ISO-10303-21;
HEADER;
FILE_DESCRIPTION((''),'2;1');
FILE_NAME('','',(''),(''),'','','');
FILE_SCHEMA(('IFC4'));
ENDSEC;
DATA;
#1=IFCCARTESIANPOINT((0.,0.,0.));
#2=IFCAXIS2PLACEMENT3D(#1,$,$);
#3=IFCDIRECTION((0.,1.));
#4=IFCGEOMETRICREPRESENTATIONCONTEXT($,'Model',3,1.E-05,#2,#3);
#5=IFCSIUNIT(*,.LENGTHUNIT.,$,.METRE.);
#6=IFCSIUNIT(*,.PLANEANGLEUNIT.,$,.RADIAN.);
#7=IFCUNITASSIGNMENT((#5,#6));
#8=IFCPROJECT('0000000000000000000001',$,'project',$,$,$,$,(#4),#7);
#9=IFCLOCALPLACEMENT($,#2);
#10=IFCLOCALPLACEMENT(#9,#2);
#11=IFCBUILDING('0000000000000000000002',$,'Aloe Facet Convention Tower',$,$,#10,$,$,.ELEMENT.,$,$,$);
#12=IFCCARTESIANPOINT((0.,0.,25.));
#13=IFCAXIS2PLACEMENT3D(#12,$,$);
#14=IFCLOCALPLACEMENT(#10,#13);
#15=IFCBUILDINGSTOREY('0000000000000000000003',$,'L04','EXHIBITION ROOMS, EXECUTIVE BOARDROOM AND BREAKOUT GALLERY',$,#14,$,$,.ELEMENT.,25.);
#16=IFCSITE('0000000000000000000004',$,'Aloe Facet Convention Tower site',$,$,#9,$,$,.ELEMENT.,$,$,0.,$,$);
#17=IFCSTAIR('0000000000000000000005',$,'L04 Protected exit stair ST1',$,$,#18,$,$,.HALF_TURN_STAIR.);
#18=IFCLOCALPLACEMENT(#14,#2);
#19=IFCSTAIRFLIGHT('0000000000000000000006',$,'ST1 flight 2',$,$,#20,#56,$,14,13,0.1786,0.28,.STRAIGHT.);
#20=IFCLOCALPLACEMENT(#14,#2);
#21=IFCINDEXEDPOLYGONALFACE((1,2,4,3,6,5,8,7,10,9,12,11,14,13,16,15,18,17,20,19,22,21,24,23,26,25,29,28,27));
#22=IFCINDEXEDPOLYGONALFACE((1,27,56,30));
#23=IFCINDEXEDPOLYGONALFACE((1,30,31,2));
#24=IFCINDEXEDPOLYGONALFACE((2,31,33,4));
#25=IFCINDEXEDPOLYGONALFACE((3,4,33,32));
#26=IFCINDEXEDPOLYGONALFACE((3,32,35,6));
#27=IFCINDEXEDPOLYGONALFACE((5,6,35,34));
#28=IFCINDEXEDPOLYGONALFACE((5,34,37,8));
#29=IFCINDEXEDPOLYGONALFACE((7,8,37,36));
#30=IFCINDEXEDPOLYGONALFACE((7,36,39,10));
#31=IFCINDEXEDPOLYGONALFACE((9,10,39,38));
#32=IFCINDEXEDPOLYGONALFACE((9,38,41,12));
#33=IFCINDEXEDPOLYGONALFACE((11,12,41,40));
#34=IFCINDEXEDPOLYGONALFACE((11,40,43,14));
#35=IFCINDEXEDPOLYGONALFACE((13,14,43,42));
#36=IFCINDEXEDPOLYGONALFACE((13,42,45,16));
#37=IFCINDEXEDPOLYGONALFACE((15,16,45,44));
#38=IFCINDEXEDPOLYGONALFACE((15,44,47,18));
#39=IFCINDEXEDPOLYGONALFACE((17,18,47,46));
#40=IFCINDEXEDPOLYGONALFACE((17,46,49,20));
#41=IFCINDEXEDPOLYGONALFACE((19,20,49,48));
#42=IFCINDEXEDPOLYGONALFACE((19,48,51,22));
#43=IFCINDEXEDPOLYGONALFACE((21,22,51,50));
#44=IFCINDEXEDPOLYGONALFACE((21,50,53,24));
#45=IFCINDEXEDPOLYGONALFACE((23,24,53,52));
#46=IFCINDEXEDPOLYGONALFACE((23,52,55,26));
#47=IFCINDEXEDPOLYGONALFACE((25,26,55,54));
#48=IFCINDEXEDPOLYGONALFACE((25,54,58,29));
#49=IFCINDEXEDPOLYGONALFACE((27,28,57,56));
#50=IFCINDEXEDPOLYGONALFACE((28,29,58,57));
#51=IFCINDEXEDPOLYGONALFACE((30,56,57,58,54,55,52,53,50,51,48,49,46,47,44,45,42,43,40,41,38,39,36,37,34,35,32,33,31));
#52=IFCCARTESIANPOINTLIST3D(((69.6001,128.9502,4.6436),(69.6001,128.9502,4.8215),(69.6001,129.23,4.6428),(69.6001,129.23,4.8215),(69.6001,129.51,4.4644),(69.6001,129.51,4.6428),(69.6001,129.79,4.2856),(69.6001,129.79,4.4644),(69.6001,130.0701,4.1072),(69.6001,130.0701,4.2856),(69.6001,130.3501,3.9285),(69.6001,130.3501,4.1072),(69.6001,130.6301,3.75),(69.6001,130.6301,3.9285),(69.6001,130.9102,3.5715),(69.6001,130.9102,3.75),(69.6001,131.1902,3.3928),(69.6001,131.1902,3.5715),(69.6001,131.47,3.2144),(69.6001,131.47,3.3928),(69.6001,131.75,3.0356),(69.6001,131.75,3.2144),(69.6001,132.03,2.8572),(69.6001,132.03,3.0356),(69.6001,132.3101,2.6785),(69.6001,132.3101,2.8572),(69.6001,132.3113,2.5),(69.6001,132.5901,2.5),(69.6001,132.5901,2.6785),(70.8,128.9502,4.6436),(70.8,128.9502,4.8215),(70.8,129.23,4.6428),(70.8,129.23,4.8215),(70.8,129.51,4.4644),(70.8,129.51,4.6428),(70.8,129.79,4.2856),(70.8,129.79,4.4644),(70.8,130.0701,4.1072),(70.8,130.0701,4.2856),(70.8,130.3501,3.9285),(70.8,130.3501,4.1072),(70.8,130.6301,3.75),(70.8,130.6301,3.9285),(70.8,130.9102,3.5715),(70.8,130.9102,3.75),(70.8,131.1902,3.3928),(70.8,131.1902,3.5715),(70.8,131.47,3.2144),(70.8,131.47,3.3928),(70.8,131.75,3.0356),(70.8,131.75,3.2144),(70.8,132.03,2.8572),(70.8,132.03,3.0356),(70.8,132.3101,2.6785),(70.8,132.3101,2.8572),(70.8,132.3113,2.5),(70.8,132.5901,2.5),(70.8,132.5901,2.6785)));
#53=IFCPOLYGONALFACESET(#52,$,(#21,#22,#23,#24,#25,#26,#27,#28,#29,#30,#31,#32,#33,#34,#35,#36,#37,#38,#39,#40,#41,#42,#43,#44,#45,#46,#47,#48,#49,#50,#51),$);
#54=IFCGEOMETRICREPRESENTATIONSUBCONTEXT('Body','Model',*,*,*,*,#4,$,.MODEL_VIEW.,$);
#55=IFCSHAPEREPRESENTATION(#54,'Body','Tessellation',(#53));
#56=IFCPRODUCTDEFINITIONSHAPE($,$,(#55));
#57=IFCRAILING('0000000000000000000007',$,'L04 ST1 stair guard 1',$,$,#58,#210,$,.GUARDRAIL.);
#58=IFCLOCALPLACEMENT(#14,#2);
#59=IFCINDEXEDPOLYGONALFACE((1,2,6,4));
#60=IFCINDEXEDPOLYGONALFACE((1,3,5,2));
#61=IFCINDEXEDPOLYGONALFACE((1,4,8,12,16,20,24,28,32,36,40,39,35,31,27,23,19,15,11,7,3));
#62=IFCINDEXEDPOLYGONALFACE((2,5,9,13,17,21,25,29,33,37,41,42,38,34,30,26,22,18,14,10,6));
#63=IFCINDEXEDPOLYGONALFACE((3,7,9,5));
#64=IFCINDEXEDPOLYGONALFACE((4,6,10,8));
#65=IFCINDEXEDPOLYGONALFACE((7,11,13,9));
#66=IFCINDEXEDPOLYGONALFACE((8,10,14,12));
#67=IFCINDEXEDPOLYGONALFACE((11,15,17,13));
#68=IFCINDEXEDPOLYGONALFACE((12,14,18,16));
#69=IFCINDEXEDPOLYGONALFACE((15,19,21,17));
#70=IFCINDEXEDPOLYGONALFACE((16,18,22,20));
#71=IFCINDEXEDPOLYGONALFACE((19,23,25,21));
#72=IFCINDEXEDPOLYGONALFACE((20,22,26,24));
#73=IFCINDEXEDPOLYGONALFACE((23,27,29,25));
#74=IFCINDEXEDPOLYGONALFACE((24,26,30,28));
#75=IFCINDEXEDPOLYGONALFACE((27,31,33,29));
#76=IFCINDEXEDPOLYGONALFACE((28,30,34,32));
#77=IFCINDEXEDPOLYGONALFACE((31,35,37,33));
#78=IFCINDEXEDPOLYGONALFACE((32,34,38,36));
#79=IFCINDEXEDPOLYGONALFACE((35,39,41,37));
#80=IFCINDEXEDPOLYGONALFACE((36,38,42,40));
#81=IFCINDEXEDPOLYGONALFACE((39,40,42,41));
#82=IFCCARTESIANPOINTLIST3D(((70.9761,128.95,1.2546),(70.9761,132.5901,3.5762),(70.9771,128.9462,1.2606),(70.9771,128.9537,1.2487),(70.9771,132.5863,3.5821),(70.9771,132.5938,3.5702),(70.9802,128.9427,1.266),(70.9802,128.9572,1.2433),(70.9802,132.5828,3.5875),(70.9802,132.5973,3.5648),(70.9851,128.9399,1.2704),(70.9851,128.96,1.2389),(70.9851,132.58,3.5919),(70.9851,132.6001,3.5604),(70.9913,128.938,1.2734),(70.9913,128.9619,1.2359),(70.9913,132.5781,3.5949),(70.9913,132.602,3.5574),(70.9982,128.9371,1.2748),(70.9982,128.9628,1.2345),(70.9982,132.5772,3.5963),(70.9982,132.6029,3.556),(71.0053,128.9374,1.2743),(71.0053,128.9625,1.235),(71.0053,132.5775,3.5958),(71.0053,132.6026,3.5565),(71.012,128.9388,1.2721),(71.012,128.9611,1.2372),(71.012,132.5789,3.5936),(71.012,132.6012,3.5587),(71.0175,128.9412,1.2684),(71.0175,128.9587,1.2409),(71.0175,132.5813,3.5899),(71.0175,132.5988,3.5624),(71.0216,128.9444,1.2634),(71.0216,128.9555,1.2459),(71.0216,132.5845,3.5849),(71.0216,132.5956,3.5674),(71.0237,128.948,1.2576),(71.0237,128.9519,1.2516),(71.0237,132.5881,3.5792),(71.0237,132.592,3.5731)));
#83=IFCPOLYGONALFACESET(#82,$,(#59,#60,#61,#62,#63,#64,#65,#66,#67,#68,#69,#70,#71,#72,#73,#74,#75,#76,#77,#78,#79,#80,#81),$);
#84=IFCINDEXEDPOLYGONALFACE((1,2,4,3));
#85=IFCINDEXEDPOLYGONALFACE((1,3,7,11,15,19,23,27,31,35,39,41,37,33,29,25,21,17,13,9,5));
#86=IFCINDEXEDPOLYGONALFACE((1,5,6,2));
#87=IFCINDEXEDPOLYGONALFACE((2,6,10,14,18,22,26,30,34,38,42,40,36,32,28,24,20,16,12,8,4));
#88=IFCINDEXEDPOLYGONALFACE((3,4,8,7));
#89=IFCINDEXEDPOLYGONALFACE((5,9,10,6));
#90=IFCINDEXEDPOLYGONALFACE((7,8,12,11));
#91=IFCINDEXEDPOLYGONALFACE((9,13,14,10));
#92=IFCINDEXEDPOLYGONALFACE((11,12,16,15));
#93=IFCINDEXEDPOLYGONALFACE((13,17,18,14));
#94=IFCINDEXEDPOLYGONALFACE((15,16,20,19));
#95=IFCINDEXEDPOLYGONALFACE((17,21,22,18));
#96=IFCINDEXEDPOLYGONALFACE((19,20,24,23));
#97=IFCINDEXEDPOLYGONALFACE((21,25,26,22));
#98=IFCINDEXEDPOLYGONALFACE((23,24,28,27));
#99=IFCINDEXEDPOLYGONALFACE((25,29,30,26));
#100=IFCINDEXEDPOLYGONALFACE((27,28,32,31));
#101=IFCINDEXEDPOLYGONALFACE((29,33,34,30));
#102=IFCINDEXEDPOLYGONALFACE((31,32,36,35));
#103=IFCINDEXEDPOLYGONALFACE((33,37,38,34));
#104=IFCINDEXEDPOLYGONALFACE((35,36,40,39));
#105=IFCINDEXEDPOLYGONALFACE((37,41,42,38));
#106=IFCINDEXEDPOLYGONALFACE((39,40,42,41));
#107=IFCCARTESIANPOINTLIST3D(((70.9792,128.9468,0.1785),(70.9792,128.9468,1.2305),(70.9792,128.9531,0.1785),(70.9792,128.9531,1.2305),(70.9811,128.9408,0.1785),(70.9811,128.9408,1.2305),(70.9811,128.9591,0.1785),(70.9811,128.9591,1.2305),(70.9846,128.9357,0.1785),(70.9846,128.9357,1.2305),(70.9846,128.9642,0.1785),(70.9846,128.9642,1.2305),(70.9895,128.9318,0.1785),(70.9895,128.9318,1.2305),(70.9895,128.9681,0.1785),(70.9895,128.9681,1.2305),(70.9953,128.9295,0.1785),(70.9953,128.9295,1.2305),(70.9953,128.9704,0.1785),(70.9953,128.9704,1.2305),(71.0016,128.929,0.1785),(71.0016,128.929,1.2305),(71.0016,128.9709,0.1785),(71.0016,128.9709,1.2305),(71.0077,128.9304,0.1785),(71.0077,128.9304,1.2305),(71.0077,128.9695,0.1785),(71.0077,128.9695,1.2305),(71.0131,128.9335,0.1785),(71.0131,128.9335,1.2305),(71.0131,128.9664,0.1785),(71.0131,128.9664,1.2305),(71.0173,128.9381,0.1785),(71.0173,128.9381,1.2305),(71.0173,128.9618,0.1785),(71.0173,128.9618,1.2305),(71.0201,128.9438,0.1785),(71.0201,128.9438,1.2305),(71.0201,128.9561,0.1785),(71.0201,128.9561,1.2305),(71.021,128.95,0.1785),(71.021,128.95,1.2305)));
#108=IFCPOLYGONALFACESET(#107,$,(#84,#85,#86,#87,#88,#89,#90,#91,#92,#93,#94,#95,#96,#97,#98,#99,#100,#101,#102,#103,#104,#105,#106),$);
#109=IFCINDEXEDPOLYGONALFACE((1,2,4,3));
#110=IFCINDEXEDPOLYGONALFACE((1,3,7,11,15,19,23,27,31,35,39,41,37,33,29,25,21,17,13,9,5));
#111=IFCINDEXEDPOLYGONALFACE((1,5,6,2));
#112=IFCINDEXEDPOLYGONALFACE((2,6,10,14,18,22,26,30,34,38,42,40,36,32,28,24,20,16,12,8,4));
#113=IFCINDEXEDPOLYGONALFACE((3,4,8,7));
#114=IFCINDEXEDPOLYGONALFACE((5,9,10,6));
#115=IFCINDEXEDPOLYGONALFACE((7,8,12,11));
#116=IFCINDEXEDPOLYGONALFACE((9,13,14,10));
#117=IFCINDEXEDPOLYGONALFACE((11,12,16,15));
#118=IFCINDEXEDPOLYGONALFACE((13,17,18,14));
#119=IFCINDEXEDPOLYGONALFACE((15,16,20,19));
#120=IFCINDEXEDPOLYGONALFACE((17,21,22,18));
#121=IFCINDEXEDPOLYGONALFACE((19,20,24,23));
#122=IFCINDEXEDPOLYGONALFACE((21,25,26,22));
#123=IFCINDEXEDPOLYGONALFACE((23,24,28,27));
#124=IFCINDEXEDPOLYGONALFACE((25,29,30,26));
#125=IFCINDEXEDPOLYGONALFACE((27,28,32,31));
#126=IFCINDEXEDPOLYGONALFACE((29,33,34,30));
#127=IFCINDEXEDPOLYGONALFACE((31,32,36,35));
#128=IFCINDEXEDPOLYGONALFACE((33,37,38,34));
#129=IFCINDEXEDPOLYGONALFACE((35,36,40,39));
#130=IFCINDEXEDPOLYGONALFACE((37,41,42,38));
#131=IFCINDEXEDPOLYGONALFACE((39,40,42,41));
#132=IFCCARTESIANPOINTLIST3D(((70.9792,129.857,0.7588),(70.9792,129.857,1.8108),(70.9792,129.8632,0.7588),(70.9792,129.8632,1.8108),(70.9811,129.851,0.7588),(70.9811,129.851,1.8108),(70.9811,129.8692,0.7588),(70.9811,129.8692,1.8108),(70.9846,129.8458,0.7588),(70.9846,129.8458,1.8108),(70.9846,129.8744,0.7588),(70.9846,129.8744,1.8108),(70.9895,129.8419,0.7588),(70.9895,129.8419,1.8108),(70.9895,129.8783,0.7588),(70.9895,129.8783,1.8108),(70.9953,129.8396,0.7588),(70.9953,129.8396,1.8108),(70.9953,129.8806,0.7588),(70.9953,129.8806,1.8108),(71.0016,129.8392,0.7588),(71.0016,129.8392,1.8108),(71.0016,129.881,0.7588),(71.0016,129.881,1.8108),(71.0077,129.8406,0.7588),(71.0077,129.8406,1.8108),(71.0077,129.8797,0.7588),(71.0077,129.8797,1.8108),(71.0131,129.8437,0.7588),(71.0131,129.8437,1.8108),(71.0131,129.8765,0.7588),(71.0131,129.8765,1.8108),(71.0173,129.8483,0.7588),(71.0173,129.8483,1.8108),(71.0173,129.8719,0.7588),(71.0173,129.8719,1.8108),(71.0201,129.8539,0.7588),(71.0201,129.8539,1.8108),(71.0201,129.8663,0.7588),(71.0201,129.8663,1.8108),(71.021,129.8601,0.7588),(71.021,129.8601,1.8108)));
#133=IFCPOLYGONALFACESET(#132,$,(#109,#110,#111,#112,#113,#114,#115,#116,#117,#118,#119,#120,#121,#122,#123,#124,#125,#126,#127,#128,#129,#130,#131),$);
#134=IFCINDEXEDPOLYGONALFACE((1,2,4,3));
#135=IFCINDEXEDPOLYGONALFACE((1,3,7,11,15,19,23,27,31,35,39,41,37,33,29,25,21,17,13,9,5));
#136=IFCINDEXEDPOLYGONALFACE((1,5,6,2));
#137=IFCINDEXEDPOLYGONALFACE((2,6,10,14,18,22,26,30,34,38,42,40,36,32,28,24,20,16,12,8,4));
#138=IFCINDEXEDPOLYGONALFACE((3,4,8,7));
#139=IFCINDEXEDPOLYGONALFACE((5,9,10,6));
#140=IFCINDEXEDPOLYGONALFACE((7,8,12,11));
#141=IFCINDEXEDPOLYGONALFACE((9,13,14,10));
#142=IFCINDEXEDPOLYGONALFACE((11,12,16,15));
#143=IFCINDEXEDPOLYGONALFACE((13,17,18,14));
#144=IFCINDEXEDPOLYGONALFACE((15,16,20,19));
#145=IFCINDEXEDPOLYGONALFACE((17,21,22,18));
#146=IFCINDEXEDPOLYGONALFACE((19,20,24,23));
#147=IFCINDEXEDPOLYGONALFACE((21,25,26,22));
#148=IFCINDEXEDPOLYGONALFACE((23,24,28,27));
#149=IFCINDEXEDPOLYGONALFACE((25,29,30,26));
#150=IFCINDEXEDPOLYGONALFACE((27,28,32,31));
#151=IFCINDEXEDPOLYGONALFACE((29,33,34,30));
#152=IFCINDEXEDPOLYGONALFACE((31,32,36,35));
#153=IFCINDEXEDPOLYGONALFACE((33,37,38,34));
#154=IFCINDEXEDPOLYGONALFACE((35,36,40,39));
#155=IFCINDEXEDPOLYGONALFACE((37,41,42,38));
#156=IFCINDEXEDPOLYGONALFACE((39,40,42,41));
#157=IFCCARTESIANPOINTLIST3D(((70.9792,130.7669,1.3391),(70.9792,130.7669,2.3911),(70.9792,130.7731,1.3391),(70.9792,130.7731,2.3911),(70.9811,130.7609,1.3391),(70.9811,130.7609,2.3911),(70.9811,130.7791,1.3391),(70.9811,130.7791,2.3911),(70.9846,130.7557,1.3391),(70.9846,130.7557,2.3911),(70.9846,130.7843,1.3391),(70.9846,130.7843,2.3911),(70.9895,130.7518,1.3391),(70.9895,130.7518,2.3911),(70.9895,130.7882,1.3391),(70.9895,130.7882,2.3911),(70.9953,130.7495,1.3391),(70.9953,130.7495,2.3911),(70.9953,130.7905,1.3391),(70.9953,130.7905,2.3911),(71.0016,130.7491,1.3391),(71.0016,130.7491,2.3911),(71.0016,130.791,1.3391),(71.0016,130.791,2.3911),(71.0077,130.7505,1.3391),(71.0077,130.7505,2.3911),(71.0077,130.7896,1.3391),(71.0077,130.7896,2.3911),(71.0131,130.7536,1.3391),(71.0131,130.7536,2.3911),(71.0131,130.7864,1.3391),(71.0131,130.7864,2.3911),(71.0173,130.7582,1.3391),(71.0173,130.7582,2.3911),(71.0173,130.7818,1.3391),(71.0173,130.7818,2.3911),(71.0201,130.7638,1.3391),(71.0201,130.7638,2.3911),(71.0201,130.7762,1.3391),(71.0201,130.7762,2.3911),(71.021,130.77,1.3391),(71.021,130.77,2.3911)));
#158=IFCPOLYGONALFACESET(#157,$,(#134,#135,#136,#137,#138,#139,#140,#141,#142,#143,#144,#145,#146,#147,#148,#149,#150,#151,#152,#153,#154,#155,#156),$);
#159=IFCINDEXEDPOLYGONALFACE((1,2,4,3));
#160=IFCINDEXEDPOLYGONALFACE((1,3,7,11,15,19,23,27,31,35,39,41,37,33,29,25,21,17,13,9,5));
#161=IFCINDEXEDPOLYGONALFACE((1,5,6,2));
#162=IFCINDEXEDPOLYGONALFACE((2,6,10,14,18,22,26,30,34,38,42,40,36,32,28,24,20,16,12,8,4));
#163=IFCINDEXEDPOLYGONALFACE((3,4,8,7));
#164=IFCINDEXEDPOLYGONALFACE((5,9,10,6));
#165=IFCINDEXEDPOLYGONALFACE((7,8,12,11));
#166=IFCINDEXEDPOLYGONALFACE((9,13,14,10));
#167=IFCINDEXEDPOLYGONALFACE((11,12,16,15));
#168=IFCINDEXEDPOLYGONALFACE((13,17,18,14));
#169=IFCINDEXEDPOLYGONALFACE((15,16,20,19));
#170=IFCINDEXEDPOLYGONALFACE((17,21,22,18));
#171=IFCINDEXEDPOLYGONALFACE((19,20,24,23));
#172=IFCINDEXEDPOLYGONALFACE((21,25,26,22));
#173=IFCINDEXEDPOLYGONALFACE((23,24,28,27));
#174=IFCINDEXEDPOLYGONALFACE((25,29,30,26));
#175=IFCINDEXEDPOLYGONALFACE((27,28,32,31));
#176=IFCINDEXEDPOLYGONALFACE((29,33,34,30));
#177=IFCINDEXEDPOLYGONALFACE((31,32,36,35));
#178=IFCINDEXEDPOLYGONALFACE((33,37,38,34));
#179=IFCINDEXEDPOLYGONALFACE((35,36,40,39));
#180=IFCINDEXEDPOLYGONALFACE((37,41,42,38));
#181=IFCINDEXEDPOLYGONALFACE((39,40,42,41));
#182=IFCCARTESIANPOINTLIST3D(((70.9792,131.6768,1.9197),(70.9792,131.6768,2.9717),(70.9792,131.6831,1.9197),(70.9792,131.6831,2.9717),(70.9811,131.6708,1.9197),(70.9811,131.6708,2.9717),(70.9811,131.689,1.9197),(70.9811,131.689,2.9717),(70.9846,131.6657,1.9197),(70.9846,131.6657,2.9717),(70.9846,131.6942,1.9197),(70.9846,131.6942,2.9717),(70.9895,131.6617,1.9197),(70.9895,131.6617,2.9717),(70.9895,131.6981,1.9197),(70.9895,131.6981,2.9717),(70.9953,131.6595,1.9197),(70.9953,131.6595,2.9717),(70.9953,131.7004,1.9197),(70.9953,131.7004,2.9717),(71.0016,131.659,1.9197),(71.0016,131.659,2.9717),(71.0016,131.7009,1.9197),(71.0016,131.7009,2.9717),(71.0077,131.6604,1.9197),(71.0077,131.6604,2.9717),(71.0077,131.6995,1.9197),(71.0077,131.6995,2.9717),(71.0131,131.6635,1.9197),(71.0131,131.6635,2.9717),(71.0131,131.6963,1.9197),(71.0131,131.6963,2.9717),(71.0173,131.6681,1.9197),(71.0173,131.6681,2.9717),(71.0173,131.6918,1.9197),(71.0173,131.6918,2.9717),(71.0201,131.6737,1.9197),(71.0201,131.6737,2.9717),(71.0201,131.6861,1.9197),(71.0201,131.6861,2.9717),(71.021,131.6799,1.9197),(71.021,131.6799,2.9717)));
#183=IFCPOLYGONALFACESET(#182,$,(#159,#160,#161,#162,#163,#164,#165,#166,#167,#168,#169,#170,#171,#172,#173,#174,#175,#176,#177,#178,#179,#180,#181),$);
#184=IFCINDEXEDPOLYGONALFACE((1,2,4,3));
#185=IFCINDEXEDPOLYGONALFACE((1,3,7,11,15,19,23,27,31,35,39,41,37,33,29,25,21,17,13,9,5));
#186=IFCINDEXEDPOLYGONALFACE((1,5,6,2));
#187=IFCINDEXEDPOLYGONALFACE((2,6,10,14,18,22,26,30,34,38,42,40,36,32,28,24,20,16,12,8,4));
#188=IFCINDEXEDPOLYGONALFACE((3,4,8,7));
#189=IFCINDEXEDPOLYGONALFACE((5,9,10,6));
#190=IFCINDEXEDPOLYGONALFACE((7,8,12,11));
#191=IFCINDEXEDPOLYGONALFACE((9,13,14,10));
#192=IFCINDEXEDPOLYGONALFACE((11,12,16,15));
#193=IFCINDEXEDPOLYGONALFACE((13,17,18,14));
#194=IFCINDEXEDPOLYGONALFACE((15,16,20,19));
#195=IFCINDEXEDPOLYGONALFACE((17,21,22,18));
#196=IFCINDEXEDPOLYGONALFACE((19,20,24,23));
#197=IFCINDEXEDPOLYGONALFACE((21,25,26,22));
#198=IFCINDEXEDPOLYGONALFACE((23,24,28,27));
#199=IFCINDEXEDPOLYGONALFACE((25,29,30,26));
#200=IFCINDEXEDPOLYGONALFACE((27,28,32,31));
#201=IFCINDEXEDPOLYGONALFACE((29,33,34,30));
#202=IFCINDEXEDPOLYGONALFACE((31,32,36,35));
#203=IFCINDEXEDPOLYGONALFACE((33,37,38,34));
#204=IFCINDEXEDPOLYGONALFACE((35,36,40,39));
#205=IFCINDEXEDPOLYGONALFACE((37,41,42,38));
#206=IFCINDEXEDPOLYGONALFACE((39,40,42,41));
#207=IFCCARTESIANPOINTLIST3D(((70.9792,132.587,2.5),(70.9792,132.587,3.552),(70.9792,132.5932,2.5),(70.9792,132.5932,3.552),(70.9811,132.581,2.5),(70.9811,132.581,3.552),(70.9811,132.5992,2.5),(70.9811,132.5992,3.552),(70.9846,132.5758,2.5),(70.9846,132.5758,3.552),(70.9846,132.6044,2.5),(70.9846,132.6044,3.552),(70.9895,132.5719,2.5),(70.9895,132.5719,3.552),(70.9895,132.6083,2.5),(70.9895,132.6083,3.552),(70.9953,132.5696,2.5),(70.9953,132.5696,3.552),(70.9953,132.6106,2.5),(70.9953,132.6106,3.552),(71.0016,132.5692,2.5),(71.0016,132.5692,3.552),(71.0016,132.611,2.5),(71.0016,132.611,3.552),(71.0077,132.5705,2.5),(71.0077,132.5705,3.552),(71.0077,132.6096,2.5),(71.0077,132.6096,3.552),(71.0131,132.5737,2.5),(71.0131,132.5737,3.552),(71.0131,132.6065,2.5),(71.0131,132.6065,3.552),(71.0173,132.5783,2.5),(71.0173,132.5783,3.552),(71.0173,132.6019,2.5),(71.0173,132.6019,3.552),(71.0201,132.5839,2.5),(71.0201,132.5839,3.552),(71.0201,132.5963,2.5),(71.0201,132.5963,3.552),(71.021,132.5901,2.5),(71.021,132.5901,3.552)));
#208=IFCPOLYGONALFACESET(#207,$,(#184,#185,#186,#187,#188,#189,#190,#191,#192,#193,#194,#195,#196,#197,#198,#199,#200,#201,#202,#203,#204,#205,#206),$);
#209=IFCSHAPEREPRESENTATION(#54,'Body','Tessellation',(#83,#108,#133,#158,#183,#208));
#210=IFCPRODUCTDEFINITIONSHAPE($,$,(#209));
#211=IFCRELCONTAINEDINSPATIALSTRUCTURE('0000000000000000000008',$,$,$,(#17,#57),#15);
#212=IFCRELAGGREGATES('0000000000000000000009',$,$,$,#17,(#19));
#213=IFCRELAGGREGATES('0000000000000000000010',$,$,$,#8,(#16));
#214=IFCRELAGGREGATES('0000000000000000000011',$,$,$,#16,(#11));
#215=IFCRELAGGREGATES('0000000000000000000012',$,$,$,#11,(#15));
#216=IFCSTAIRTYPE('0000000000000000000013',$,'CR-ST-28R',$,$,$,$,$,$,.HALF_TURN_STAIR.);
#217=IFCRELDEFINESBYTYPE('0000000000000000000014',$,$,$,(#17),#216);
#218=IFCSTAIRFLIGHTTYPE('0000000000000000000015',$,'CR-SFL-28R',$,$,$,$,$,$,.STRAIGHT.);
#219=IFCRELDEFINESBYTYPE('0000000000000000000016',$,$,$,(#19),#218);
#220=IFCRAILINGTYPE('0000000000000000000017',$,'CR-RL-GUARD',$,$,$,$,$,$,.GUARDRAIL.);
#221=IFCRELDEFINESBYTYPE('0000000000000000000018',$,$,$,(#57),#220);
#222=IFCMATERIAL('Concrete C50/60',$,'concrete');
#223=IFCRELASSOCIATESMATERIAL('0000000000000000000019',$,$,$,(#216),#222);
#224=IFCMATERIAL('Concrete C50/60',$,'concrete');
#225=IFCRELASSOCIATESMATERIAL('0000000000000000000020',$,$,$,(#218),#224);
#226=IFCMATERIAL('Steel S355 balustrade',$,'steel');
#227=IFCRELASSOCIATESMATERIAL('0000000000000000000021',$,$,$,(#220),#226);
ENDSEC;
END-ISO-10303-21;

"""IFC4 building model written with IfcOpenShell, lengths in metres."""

from ifc_helpers import new_model, si_unit, direction, frame, origin, origin_2d, place, context, subcontext, project, spatial, polyline, circle, outline, extrude, material, type_object, element, aggregate, save


model = new_model("IFC4")

# Units and contexts
model_context = context("Model", 3, precision=1e-05, world=origin(), true_north=direction((0.0, 1.0)))
body_context = subcontext(model_context, "Body", "Model", "MODEL_VIEW")
ifc_project = project(units=[si_unit("LENGTHUNIT", "METRE"), si_unit("PLANEANGLEUNIT", "RADIAN")], contexts=[model_context])

# Site, building, storey
site_placement = place(None, origin())
site = spatial("IfcSite", under=ifc_project, at=site_placement, Name="Aloe Facet Convention Tower site", CompositionType="ELEMENT", RefElevation=0.0)
building_placement = place(site_placement, origin())
building = spatial("IfcBuilding", under=site, at=building_placement, Name="Aloe Facet Convention Tower", CompositionType="ELEMENT")
storey_placement = place(building_placement, frame((0.0, 0.0, 25.0)))
storey = spatial("IfcBuildingStorey", under=building, at=storey_placement, Name="L04", Description="EXHIBITION ROOMS, EXECUTIVE BOARDROOM AND BREAKOUT GALLERY", CompositionType="ELEMENT", Elevation=25.0)

# Stair, stair flight
ifc_material_1 = material(Name="Concrete C50/60", Category="concrete")
stair_type = type_object("IfcStairType", Name="CR-ST-28R", PredefinedType="HALF_TURN_STAIR", material=ifc_material_1)
stair_placement = place(storey_placement, origin())
stair = element("IfcStair", 1, at=stair_placement, inside=storey, type_object=stair_type, Name="L04 Protected exit stair ST1", PredefinedType="HALF_TURN_STAIR")
ifc_material_2 = material(Name="Concrete C50/60", Category="concrete")
stair_flight_type = type_object("IfcStairFlightType", Name="CR-SFL-28R", PredefinedType="STRAIGHT", material=ifc_material_2)
stair_flight_1_placement = place(storey_placement, frame((70.2, 132.5901, 2.5), z_axis=(0.0, 0.0, 1.0), x_axis=(0.0, -1.0, 0.0)))
stair_flight_1 = element("IfcStairFlight", 2, at=stair_flight_1_placement, type_object=stair_flight_type, Name="ST1 flight 2", NumberOfRisers=14, NumberOfTreads=13, PredefinedType="STRAIGHT", RiserHeight=0.1786, TreadLength=0.28, context=body_context, shape_type="SweptSolid", body=[
    extrude(outline(polyline([(0.0, 0.0), (0.0, 0.1785), (0.28, 0.1785), (0.28, 0.3572), (0.5601, 0.3572), (0.5601, 0.5356), (0.8401, 0.5356), (0.8401, 0.7144), (1.1201, 0.7144), (1.1201, 0.8928), (1.3999, 0.8928), (1.3999, 1.0715), (1.6799, 1.0715), (1.6799, 1.25), (1.96, 1.25), (1.96, 1.4285), (2.24, 1.4285), (2.24, 1.6072), (2.52, 1.6072), (2.52, 1.7856), (2.8, 1.7856), (2.8, 1.9644), (3.0801, 1.9644), (3.0801, 2.1428), (3.3601, 2.1428), (3.3601, 2.3215), (3.6399, 2.3215), (3.6399, 2.5), (3.6399, 2.1436), (0.2788, 0.0), (0.0, 0.0)])), frame((0.0, 0.6001, 0.0), z_axis=(0.0, -1.0, 0.0), x_axis=(1.0, 0.0, 0.0)), (0.0, 0.0, 1.0), 1.2),
])
aggregate(stair, [stair_flight_1])

# Railing
ifc_material_3 = material(Name="Steel S355 balustrade", Category="steel")
railing_type_1 = type_object("IfcRailingType", Name="CR-RL-GUARD", PredefinedType="GUARDRAIL", material=ifc_material_3)
railing_1_placement = place(storey_placement, frame((71.0, 128.95, 0.1785)))
element("IfcRailing", 3, at=railing_1_placement, inside=storey, type_object=railing_type_1, Name="L04 ST1 stair guard 1", PredefinedType="GUARDRAIL", context=body_context, shape_type="SweptSolid", body=[
    extrude(circle(Radius=0.0239, at=origin_2d()), frame((0.0, 0.0, 1.0762), z_axis=(0.0, 0.843128, 0.537713), x_axis=(-1.0, 0.0, 0.0)), (0.0, 0.0, 1.0), 4.3174),
    extrude(circle(Radius=0.021, at=origin_2d()), origin(), (0.0, 0.0, 1.0), 1.052),
    extrude(circle(Radius=0.021, at=origin_2d()), frame((0.0, 0.9102, 0.5803)), (0.0, 0.0, 1.0), 1.052),
    extrude(circle(Radius=0.021, at=origin_2d()), frame((0.0, 1.8201, 1.1606)), (0.0, 0.0, 1.0), 1.052),
    extrude(circle(Radius=0.021, at=origin_2d()), frame((0.0, 2.73, 1.7412)), (0.0, 0.0, 1.0), 1.052),
    extrude(circle(Radius=0.021, at=origin_2d()), frame((0.0, 3.6401, 2.3215)), (0.0, 0.0, 1.0), 1.052),
])

save(model, "model.ifc")
